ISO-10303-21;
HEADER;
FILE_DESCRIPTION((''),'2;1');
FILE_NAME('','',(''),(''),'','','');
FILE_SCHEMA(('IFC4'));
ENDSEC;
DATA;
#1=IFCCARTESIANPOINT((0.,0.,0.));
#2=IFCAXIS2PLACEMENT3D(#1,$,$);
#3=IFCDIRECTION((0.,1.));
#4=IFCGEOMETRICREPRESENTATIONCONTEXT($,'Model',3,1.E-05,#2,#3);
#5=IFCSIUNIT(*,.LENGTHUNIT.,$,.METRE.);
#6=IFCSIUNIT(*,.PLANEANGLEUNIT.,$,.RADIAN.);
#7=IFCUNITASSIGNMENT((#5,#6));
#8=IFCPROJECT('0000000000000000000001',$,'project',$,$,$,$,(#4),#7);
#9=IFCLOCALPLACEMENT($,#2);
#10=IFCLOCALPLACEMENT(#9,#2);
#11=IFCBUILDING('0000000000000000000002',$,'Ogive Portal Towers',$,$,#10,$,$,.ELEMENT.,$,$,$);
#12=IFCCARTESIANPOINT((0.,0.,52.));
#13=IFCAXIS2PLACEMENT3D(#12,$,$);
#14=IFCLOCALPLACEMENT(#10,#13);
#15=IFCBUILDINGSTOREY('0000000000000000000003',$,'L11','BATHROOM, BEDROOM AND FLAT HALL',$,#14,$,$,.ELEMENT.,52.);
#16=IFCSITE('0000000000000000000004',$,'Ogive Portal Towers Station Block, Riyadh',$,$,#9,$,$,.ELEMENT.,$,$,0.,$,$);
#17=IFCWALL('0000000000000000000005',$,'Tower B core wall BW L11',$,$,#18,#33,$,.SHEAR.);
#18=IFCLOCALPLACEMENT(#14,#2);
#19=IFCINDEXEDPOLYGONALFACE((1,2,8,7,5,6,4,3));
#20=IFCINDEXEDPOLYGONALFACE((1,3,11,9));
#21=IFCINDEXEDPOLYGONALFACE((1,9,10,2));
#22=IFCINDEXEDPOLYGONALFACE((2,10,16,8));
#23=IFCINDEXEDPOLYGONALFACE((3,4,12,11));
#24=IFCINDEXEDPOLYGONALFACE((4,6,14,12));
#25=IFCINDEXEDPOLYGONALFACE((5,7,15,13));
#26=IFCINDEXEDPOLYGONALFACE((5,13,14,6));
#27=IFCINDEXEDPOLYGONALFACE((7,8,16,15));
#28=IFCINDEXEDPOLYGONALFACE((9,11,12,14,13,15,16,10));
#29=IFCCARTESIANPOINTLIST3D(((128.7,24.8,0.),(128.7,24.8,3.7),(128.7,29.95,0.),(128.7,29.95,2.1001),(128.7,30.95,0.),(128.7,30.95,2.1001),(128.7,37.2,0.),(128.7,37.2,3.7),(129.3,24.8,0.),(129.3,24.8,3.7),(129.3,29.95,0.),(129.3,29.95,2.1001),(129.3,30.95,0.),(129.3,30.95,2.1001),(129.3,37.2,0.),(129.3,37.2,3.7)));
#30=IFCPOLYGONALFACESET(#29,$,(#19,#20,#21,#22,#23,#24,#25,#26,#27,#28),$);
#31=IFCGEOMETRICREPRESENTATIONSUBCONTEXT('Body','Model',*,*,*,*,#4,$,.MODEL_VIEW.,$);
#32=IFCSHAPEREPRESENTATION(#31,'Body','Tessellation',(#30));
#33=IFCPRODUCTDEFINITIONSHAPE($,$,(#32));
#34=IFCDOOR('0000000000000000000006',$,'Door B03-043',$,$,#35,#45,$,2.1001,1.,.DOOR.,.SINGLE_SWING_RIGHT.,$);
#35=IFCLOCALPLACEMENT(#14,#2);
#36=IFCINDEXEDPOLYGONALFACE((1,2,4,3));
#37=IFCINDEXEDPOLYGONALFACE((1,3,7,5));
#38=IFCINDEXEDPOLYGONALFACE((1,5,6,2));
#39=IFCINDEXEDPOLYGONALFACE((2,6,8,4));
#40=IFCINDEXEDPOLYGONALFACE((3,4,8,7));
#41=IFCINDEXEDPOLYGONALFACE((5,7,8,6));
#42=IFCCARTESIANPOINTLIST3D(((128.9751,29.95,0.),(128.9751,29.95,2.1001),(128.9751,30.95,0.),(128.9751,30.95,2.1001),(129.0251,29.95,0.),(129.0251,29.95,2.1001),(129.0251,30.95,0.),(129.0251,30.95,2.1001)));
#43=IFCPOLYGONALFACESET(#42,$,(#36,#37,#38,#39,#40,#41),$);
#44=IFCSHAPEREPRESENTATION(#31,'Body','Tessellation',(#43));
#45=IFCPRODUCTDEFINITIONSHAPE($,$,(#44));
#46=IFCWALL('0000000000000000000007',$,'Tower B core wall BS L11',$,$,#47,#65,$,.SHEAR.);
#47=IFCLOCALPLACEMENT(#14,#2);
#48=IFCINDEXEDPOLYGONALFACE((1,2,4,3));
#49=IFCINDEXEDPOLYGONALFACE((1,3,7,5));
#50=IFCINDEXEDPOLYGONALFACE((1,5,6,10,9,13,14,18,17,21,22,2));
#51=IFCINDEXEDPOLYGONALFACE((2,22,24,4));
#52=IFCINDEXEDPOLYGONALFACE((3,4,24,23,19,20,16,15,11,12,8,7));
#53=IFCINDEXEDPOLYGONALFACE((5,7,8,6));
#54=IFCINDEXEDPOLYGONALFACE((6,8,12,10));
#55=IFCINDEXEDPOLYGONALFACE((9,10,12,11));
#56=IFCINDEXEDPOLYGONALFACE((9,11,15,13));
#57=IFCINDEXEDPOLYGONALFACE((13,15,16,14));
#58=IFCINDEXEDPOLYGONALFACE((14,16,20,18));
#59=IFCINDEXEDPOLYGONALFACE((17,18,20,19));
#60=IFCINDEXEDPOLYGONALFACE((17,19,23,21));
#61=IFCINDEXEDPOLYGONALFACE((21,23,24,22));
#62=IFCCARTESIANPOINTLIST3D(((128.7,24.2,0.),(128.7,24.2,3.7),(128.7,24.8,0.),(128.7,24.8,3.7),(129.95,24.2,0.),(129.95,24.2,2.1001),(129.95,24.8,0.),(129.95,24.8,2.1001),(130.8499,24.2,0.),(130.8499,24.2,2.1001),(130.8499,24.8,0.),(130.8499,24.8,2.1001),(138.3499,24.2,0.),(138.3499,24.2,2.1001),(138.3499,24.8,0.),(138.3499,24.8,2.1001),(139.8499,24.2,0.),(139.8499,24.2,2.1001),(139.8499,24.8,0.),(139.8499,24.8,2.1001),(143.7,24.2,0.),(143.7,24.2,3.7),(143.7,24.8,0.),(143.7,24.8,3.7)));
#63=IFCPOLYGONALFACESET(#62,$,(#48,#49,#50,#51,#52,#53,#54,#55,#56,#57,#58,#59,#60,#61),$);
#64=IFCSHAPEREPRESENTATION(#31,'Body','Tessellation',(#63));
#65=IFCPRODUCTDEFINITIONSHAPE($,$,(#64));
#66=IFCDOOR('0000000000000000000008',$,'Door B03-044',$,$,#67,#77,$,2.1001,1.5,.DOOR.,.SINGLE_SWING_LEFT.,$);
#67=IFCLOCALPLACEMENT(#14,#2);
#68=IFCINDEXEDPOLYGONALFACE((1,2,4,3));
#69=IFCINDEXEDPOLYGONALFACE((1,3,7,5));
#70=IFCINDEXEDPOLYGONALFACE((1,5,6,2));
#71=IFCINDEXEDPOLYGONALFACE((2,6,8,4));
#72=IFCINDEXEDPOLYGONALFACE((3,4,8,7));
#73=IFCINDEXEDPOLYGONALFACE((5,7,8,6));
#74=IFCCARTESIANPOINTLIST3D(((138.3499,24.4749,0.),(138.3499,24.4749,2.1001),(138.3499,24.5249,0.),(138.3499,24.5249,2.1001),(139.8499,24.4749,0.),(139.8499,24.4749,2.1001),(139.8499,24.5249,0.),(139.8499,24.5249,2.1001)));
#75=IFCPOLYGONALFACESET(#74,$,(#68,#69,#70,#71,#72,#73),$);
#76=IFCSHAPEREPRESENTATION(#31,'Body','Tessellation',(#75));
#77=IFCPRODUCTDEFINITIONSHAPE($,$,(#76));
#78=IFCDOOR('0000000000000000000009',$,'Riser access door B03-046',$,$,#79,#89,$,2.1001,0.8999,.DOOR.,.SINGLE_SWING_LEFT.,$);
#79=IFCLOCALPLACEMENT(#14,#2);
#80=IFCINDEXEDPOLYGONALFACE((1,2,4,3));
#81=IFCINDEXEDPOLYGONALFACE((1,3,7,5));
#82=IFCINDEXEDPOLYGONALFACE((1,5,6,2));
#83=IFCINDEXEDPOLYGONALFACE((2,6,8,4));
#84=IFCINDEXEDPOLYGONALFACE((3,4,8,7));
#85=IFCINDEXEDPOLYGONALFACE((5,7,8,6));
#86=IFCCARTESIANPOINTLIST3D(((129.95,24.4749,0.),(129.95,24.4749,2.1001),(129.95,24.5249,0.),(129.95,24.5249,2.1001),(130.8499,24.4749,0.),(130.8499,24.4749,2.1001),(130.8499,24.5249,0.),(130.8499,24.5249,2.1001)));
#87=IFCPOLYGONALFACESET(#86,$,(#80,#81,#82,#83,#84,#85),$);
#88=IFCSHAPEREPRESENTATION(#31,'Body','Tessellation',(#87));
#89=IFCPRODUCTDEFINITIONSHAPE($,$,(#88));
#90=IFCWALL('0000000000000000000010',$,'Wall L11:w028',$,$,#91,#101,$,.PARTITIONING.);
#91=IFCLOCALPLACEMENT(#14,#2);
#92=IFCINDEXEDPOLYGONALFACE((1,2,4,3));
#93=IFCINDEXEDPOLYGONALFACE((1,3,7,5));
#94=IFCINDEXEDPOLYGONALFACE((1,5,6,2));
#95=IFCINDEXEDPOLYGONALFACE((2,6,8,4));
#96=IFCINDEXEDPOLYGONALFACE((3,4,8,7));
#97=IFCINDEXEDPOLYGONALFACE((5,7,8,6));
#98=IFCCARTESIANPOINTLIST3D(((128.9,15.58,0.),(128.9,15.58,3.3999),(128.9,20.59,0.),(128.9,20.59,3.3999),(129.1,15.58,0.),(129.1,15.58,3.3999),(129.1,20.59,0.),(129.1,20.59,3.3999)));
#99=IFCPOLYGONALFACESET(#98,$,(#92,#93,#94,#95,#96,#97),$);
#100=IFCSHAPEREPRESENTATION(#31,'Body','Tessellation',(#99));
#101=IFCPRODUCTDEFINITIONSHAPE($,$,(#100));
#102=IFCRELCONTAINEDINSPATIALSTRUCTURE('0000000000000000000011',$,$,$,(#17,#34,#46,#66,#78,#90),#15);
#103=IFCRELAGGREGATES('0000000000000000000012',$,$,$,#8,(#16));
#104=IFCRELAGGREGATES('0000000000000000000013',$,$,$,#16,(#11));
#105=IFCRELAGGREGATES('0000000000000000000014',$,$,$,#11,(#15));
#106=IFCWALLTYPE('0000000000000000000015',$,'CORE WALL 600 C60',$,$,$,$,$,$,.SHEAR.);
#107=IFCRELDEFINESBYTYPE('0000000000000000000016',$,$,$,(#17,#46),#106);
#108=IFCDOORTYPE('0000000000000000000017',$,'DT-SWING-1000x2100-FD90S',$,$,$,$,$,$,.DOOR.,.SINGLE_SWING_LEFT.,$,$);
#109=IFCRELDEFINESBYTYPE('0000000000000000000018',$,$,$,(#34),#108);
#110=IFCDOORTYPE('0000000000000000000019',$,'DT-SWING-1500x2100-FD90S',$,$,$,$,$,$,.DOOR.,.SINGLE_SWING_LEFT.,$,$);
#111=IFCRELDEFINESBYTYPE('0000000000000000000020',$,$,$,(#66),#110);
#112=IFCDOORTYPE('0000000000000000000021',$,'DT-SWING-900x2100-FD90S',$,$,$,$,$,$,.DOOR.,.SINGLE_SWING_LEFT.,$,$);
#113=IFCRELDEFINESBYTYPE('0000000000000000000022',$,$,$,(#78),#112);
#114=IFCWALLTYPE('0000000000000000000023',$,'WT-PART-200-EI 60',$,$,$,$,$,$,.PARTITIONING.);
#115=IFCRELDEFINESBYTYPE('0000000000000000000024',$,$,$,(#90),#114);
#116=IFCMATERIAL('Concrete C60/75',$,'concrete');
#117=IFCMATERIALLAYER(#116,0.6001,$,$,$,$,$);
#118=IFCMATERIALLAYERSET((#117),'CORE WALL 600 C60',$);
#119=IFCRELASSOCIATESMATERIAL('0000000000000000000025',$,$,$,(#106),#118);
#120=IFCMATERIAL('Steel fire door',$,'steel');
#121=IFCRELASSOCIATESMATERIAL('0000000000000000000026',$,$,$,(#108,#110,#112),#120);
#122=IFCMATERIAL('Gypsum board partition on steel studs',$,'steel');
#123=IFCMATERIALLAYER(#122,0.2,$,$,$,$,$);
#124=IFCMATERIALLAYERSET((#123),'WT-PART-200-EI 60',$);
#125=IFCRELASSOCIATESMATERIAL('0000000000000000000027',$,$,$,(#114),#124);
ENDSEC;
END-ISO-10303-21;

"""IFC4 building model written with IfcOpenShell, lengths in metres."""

from ifc_helpers import new_model, si_unit, direction, frame, frame_2d, origin, place, context, subcontext, project, spatial, rectangle, extrude, material, layer, layer_set, type_object, element, fill, save


model = new_model("IFC4")

# Units and contexts
model_context = context("Model", 3, precision=1e-05, world=origin(), true_north=direction((0.0, 1.0)))
body_context = subcontext(model_context, "Body", "Model", "MODEL_VIEW")
ifc_project = project(units=[si_unit("LENGTHUNIT", "METRE"), si_unit("PLANEANGLEUNIT", "RADIAN")], contexts=[model_context])

# Site, building, storey
site_placement = place(None, origin())
site = spatial("IfcSite", under=ifc_project, at=site_placement, Name="Ogive Portal Towers Station Block, Riyadh", CompositionType="ELEMENT", RefElevation=0.0)
building_placement = place(site_placement, origin())
building = spatial("IfcBuilding", under=site, at=building_placement, Name="Ogive Portal Towers", CompositionType="ELEMENT")
storey_placement = place(building_placement, frame((0.0, 0.0, 52.0)))
storey = spatial("IfcBuildingStorey", under=building, at=storey_placement, Name="L11", Description="BATHROOM, BEDROOM AND FLAT HALL", CompositionType="ELEMENT", Elevation=52.0)

# Shared definitions
ifc_material_1 = material(Name="Concrete C60/75", Category="concrete")

# Shared definitions
ifc_material_2 = material(Name="Steel fire door", Category="steel")

# Wall, opening, door
ifc_layer_1 = layer(ifc_material_1, 0.6001)
ifc_layer_set_1 = layer_set([ifc_layer_1], Name="CORE WALL 600 C60")
wall_type_1 = type_object("IfcWallType", Name="CORE WALL 600 C60", PredefinedType="SHEAR", material=ifc_layer_set_1)
wall_1_placement = place(storey_placement, frame((129.0, 24.8, 0.0), z_axis=(0.0, 0.0, 1.0), x_axis=(0.0, 1.0, 0.0)))
wall_1 = element("IfcWall", 1, at=wall_1_placement, inside=storey, type_object=wall_type_1, Name="Tower B core wall BW L11", PredefinedType="SHEAR", context=body_context, shape_type="SweptSolid", body=[
    extrude(rectangle(XDim=12.3999, YDim=0.6001, at=frame_2d((6.2, 0.0))), origin(), (0.0, 0.0, 1.0), 3.7),
])
opening_1_placement = place(wall_1_placement, frame((5.1499, 0.0, 0.0)))
opening_1 = element("IfcOpeningElement", 2, at=opening_1_placement, cuts=wall_1, PredefinedType="OPENING", context=body_context, shape_type="SweptSolid", body=[
    extrude(rectangle(XDim=1.0, YDim=2.1001, at=frame_2d((0.5, 1.05))), frame((0.0, 0.3101, 0.0), z_axis=(0.0, -1.0, 0.0), x_axis=(1.0, 0.0, 0.0)), (0.0, 0.0, 1.0), 0.6201),
])
door_type_1 = type_object("IfcDoorType", Name="DT-SWING-1000x2100-FD90S", OperationType="SINGLE_SWING_LEFT", PredefinedType="DOOR", material=ifc_material_2)
door_1_placement = place(opening_1_placement, origin())
door_1 = element("IfcDoor", 3, at=door_1_placement, inside=storey, type_object=door_type_1, Name="Door B03-043", OperationType="SINGLE_SWING_RIGHT", OverallHeight=2.1001, OverallWidth=1.0, PredefinedType="DOOR", context=body_context, shape_type="SweptSolid", body=[
    extrude(rectangle(XDim=1.0, YDim=2.1001, at=frame_2d((0.5, 1.05))), frame((0.0, 0.0249, 0.0), z_axis=(0.0, -1.0, 0.0), x_axis=(1.0, 0.0, 0.0)), (0.0, 0.0, 1.0), 0.05),
])
fill(opening_1, door_1)

# Wall, openings, doors
wall_2_placement = place(storey_placement, frame((128.7, 24.5, 0.0), z_axis=(0.0, 0.0, 1.0), x_axis=(1.0, 0.0, 0.0)))
wall_2 = element("IfcWall", 4, at=wall_2_placement, inside=storey, type_object=wall_type_1, Name="Tower B core wall BS L11", PredefinedType="SHEAR", context=body_context, shape_type="SweptSolid", body=[
    extrude(rectangle(XDim=15.0, YDim=0.6001, at=frame_2d((7.5, 0.0))), origin(), (0.0, 0.0, 1.0), 3.7),
])
opening_2_placement = place(wall_2_placement, frame((9.6499, 0.0, 0.0)))
opening_2 = element("IfcOpeningElement", 5, at=opening_2_placement, cuts=wall_2, PredefinedType="OPENING", context=body_context, shape_type="SweptSolid", body=[
    extrude(rectangle(XDim=1.5, YDim=2.1001, at=frame_2d((0.75, 1.05))), frame((0.0, 0.3101, 0.0), z_axis=(0.0, -1.0, 0.0), x_axis=(1.0, 0.0, 0.0)), (0.0, 0.0, 1.0), 0.6201),
])
opening_3_placement = place(wall_2_placement, frame((1.25, 0.0, 0.0)))
opening_3 = element("IfcOpeningElement", 6, at=opening_3_placement, cuts=wall_2, PredefinedType="OPENING", context=body_context, shape_type="SweptSolid", body=[
    extrude(rectangle(XDim=0.8999, YDim=2.1001, at=frame_2d((0.45, 1.05))), frame((0.0, 0.3101, 0.0), z_axis=(0.0, -1.0, 0.0), x_axis=(1.0, 0.0, 0.0)), (0.0, 0.0, 1.0), 0.6201),
])
door_type_2 = type_object("IfcDoorType", Name="DT-SWING-1500x2100-FD90S", OperationType="SINGLE_SWING_LEFT", PredefinedType="DOOR", material=ifc_material_2)
door_2_placement = place(opening_2_placement, origin())
door_2 = element("IfcDoor", 7, at=door_2_placement, inside=storey, type_object=door_type_2, Name="Door B03-044", OperationType="SINGLE_SWING_LEFT", OverallHeight=2.1001, OverallWidth=1.5, PredefinedType="DOOR", context=body_context, shape_type="SweptSolid", body=[
    extrude(rectangle(XDim=1.5, YDim=2.1001, at=frame_2d((0.75, 1.05))), frame((0.0, 0.0249, 0.0), z_axis=(0.0, -1.0, 0.0), x_axis=(1.0, 0.0, 0.0)), (0.0, 0.0, 1.0), 0.05),
])
fill(opening_2, door_2)
door_type_3 = type_object("IfcDoorType", Name="DT-SWING-900x2100-FD90S", OperationType="SINGLE_SWING_LEFT", PredefinedType="DOOR", material=ifc_material_2)
door_3_placement = place(opening_3_placement, origin())
door_3 = element("IfcDoor", 8, at=door_3_placement, inside=storey, type_object=door_type_3, Name="Riser access door B03-046", OperationType="SINGLE_SWING_LEFT", OverallHeight=2.1001, OverallWidth=0.8999, PredefinedType="DOOR", context=body_context, shape_type="SweptSolid", body=[
    extrude(rectangle(XDim=0.8999, YDim=2.1001, at=frame_2d((0.45, 1.05))), frame((0.0, 0.0249, 0.0), z_axis=(0.0, -1.0, 0.0), x_axis=(1.0, 0.0, 0.0)), (0.0, 0.0, 1.0), 0.05),
])
fill(opening_3, door_3)

# Wall
ifc_material_3 = material(Name="Gypsum board partition on steel studs", Category="steel")
ifc_layer_2 = layer(ifc_material_3, 0.2)
ifc_layer_set_2 = layer_set([ifc_layer_2], Name="WT-PART-200-EI 60")
wall_type_2 = type_object("IfcWallType", Name="WT-PART-200-EI 60", PredefinedType="PARTITIONING", material=ifc_layer_set_2)
wall_3_placement = place(storey_placement, frame((129.0, 15.5801, 0.0), z_axis=(0.0, 0.0, 1.0), x_axis=(0.0, 1.0, 0.0)))
element("IfcWall", 9, at=wall_3_placement, inside=storey, type_object=wall_type_2, Name="Wall L11:w028", PredefinedType="PARTITIONING", context=body_context, shape_type="SweptSolid", body=[
    extrude(rectangle(XDim=5.01, YDim=0.2, at=frame_2d((2.5049, 0.0))), origin(), (0.0, 0.0, 1.0), 3.3999),
])

save(model, "model.ifc")
